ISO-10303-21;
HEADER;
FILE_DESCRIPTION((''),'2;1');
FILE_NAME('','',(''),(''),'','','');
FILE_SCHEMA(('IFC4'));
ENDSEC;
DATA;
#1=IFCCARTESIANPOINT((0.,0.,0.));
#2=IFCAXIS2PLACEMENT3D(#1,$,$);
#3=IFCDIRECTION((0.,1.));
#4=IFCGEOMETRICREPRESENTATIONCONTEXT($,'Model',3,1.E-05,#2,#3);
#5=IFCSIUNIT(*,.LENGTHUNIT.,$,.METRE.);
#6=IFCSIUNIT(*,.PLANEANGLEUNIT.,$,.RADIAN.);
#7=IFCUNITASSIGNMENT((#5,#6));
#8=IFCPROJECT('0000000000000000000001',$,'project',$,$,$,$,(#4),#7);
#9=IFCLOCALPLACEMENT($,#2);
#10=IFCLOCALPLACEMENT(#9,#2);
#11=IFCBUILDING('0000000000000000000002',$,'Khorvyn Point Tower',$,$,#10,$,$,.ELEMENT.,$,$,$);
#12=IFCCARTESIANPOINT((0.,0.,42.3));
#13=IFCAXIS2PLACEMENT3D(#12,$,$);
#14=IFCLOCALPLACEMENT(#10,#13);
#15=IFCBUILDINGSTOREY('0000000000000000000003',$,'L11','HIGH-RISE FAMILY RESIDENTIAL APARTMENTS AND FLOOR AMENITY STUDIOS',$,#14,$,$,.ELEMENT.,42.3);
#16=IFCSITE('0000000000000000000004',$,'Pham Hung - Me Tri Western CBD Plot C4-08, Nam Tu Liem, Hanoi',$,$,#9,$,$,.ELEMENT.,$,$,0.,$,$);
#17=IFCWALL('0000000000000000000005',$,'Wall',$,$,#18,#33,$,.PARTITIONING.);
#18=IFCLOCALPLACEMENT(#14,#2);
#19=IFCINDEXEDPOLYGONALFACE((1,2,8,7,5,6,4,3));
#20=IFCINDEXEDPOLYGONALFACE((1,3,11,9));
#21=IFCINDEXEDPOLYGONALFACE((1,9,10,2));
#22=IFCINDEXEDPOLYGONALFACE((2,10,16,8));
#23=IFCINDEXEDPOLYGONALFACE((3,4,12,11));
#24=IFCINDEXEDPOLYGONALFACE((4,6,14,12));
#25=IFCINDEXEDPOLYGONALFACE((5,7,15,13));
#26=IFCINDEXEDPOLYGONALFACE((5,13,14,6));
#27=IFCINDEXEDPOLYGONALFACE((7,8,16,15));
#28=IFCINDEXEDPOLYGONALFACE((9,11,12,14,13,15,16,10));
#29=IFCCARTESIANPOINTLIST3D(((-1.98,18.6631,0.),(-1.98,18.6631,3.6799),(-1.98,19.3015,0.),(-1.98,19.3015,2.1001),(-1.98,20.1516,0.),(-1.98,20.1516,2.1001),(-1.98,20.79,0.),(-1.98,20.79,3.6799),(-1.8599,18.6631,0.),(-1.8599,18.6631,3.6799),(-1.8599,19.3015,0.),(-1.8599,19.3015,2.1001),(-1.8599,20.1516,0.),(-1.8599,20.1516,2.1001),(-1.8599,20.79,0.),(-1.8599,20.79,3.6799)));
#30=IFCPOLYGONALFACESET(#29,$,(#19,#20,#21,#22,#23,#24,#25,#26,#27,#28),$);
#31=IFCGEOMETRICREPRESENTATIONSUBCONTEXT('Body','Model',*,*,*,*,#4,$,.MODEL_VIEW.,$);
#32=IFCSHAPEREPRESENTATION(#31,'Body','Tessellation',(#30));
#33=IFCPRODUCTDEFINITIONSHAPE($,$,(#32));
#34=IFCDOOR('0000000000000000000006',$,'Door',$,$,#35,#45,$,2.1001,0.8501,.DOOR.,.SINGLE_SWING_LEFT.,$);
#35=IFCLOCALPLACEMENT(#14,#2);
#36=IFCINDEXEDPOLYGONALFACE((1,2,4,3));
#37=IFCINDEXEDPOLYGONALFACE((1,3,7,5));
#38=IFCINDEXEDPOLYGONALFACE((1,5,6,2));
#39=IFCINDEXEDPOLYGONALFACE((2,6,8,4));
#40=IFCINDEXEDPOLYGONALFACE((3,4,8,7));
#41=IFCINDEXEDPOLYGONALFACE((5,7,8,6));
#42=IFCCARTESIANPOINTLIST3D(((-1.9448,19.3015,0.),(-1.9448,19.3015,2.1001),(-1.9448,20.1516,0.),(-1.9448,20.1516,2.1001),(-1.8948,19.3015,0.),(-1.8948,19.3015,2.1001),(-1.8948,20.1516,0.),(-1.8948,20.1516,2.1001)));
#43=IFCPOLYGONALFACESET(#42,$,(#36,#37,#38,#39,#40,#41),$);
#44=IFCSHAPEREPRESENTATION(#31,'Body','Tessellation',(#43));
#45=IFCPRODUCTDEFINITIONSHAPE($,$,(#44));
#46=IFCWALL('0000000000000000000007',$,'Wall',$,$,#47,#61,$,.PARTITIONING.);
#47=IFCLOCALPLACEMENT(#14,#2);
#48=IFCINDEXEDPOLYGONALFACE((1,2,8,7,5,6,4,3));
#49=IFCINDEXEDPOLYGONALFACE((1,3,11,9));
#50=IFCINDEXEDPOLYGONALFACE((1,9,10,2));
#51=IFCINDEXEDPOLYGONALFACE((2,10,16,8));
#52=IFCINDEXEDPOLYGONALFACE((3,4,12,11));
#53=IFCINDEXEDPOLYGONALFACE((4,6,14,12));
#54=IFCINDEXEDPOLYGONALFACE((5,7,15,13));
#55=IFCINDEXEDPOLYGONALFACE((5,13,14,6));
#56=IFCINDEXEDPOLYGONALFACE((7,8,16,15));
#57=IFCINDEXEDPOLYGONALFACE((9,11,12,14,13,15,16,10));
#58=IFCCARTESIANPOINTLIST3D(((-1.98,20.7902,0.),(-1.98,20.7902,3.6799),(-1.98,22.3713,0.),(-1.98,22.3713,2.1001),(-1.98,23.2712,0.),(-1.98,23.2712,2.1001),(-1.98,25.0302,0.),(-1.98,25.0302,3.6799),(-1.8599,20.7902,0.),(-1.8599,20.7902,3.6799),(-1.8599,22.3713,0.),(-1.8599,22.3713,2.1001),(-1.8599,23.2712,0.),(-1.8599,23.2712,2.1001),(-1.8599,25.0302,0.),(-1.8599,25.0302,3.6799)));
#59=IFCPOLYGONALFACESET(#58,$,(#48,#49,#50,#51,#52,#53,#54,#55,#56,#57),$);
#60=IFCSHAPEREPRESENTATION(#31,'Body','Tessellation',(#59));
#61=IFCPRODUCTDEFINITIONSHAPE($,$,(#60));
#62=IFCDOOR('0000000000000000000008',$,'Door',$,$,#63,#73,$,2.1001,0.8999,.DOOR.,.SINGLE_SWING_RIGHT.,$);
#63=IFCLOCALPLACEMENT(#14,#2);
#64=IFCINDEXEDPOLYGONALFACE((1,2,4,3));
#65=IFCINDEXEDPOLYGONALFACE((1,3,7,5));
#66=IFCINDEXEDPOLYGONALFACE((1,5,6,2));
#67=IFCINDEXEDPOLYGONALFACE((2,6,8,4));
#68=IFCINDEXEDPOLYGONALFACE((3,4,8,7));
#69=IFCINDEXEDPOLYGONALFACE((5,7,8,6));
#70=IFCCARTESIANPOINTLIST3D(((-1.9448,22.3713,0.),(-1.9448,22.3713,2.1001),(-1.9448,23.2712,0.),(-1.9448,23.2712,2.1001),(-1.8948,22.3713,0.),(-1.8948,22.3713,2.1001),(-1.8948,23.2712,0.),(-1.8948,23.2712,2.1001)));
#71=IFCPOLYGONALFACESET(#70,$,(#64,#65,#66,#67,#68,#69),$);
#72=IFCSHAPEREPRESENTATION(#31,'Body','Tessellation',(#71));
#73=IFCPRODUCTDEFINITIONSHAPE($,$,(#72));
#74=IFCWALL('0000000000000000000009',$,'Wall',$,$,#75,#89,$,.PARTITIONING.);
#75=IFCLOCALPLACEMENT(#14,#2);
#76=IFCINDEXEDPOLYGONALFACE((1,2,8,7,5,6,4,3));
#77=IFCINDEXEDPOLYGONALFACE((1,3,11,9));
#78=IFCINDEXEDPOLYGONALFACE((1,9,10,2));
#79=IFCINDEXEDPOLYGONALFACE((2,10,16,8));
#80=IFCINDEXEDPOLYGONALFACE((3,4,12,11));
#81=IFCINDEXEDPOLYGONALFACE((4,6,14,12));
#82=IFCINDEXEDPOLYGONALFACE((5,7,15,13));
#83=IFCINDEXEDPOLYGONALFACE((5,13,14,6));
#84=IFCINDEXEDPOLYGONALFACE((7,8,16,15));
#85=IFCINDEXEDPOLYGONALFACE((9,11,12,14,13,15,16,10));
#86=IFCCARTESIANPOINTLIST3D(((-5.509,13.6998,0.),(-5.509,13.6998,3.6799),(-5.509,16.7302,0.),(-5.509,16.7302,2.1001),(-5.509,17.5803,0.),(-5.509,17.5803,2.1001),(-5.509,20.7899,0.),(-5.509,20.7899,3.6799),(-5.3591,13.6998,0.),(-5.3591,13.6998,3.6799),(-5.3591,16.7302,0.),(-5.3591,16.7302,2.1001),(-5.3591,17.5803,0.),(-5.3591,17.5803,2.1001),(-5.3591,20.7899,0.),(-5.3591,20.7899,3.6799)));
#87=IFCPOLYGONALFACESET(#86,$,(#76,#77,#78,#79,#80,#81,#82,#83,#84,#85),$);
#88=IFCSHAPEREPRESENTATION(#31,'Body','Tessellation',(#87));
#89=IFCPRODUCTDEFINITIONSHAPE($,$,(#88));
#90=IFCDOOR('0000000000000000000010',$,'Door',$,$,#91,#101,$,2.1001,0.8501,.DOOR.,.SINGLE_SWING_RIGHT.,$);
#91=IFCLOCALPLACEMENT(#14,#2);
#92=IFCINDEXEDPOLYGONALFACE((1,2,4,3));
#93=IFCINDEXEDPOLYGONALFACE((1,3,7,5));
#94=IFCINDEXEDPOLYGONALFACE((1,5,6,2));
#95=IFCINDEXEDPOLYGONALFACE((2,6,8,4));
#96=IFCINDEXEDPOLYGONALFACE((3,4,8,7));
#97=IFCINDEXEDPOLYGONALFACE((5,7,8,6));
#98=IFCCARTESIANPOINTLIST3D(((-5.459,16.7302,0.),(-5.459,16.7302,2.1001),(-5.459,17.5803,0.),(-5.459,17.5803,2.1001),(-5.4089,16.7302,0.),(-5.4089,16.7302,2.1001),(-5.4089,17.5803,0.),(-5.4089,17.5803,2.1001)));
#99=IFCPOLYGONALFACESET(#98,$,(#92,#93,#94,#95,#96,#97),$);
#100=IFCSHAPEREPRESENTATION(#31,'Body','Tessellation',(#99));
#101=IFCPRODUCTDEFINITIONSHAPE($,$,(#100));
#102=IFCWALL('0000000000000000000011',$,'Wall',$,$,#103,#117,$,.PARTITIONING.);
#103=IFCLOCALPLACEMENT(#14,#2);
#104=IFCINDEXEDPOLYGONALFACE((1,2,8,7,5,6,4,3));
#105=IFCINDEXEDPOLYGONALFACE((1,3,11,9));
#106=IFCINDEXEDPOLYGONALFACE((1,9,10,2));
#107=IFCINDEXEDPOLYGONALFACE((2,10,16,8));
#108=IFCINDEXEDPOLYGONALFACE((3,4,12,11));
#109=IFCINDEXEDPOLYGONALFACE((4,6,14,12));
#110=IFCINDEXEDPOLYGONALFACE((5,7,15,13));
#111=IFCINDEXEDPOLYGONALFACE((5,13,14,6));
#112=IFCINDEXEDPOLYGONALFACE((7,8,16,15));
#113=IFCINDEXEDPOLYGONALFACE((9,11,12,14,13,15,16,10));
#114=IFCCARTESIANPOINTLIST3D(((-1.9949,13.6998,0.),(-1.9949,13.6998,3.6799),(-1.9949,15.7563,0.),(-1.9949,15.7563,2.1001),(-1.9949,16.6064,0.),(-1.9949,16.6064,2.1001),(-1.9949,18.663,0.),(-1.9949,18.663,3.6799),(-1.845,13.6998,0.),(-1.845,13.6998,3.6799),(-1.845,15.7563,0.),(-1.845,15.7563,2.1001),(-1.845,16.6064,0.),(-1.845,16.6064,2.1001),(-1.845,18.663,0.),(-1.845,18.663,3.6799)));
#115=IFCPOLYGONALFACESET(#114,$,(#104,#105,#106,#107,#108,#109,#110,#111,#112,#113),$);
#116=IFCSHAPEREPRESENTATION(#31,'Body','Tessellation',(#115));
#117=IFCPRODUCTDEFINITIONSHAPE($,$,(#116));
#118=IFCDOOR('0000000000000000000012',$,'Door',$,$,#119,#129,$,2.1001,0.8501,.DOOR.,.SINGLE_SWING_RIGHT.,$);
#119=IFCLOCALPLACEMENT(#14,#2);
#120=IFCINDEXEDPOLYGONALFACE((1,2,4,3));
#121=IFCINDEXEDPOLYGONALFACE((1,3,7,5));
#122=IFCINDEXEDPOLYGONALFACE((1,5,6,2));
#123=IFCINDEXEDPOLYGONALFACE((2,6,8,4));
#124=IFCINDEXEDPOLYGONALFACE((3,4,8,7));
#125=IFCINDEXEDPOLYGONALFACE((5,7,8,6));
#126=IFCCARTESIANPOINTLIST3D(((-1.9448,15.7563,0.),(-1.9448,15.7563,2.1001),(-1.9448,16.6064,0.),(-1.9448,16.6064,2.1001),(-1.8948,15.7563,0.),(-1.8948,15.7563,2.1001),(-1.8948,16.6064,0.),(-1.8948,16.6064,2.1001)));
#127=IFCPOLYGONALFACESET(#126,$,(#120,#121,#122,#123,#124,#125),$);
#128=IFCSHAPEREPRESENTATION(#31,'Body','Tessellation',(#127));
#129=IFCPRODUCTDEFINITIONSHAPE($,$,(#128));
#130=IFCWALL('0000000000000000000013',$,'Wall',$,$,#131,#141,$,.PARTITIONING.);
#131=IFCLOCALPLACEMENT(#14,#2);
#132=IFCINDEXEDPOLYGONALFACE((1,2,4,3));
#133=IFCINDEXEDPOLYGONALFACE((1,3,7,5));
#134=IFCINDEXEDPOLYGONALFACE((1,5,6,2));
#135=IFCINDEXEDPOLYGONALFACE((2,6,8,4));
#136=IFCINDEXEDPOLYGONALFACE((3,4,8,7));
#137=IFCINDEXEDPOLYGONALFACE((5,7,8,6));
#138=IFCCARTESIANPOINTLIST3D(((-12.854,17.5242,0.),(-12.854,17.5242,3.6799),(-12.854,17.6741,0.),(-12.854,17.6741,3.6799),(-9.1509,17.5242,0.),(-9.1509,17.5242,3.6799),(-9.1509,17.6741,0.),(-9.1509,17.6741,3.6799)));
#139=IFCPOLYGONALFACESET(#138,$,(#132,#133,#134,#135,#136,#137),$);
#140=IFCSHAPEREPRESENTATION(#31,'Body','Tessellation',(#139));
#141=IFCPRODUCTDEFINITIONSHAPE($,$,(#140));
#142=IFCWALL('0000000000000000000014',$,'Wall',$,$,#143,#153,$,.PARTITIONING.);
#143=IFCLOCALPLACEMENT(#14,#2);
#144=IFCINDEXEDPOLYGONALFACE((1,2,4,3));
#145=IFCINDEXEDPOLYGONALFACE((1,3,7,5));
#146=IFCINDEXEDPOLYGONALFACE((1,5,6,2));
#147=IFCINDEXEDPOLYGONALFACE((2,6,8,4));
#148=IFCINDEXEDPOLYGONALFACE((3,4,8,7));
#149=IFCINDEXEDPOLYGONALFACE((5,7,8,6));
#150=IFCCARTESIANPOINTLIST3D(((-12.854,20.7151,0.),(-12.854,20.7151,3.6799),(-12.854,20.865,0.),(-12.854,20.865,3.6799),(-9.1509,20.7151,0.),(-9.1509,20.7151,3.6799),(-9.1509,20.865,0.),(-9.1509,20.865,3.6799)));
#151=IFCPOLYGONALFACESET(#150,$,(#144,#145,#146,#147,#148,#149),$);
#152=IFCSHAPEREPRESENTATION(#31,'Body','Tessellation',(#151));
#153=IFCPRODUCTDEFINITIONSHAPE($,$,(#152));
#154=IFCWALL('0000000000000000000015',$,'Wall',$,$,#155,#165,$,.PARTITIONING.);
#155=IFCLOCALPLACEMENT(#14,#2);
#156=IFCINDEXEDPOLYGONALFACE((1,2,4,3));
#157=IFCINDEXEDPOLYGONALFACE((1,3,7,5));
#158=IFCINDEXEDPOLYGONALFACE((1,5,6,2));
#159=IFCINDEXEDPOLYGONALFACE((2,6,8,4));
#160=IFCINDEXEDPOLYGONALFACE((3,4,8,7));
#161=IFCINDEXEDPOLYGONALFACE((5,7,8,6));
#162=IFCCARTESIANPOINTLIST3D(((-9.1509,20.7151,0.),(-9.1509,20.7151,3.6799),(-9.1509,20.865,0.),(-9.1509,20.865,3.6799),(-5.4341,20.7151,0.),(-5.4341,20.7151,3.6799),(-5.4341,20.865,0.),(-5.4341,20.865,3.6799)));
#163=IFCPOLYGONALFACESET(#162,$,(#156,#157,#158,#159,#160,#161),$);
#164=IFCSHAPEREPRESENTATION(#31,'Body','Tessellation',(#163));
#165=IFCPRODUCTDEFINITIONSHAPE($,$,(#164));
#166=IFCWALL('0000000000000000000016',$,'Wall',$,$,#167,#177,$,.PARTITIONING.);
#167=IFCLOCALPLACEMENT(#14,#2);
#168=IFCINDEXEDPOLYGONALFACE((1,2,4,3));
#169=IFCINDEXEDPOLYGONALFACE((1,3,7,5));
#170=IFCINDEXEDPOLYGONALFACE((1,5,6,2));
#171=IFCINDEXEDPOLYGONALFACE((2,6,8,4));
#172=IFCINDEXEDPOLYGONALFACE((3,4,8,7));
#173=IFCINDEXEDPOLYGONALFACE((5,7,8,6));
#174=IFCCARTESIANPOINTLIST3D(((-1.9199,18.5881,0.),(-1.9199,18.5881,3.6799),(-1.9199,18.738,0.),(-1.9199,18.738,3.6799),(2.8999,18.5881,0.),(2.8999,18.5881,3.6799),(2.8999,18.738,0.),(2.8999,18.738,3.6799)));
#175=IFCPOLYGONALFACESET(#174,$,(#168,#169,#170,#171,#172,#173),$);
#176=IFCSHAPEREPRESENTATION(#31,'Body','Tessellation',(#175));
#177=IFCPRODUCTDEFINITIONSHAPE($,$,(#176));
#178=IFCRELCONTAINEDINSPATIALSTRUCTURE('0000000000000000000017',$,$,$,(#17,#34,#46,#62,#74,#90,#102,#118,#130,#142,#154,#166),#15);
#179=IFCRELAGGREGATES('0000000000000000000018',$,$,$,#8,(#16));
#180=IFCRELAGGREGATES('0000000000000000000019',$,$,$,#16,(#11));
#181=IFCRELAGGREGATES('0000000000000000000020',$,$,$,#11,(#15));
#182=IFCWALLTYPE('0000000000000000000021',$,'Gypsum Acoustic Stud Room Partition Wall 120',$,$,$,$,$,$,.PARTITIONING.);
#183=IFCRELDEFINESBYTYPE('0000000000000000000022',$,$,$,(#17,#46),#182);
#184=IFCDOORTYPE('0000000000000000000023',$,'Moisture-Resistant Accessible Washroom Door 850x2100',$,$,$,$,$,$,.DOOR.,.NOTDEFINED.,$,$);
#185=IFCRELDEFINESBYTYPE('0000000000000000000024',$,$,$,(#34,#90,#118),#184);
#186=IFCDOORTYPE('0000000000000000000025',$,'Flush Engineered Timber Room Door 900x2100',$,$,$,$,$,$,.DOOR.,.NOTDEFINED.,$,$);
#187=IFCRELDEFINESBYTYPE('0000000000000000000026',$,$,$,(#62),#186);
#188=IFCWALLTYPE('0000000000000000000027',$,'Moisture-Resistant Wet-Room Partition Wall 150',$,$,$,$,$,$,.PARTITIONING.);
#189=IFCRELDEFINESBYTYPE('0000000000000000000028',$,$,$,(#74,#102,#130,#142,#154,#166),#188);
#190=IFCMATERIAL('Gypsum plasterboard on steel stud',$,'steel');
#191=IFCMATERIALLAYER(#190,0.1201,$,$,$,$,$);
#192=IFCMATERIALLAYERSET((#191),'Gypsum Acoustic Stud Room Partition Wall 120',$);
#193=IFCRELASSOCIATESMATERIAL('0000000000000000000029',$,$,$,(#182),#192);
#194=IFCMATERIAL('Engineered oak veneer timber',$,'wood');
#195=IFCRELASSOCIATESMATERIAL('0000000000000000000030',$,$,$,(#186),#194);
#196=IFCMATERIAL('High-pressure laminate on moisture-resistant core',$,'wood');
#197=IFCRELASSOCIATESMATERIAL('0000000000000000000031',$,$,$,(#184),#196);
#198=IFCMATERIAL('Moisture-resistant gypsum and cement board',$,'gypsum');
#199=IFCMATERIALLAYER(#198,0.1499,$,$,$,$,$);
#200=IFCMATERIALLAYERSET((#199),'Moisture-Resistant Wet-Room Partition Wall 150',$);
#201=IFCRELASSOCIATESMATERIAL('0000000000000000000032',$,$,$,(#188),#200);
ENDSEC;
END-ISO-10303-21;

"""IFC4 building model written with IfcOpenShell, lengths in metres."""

from ifc_helpers import new_model, si_unit, direction, frame, frame_2d, origin, place, context, subcontext, project, spatial, rectangle, extrude, material, layer, layer_set, type_object, element, fill, save


model = new_model("IFC4")

# Units and contexts
model_context = context("Model", 3, precision=1e-05, world=origin(), true_north=direction((0.0, 1.0)))
body_context = subcontext(model_context, "Body", "Model", "MODEL_VIEW")
ifc_project = project(units=[si_unit("LENGTHUNIT", "METRE"), si_unit("PLANEANGLEUNIT", "RADIAN")], contexts=[model_context])

# Site, building, storey
site_placement = place(None, origin())
site = spatial("IfcSite", under=ifc_project, at=site_placement, Name="Pham Hung - Me Tri Western CBD Plot C4-08, Nam Tu Liem, Hanoi", CompositionType="ELEMENT", RefElevation=0.0)
building_placement = place(site_placement, origin())
building = spatial("IfcBuilding", under=site, at=building_placement, Name="Khorvyn Point Tower", CompositionType="ELEMENT")
storey_placement = place(building_placement, frame((0.0, 0.0, 42.3)))
storey = spatial("IfcBuildingStorey", under=building, at=storey_placement, Name="L11", Description="HIGH-RISE FAMILY RESIDENTIAL APARTMENTS AND FLOOR AMENITY STUDIOS", CompositionType="ELEMENT", Elevation=42.3)

# Walls, openings, doors
ifc_material_1 = material(Name="Gypsum plasterboard on steel stud", Category="steel")
ifc_layer_1 = layer(ifc_material_1, 0.1201)
ifc_layer_set_1 = layer_set([ifc_layer_1], Name="Gypsum Acoustic Stud Room Partition Wall 120")
wall_type_1 = type_object("IfcWallType", Name="Gypsum Acoustic Stud Room Partition Wall 120", PredefinedType="PARTITIONING", material=ifc_layer_set_1)
ifc_material_2 = material(Name="Engineered oak veneer timber", Category="wood")
door_type_1 = type_object("IfcDoorType", Name="Flush Engineered Timber Room Door 900x2100", OperationType="NOTDEFINED", PredefinedType="DOOR", material=ifc_material_2)
wall_1_placement = place(storey_placement, frame((-1.9199, 18.6631, 0.0), z_axis=(0.0, 0.0, 1.0), x_axis=(0.0, 1.0, 0.0)))
wall_1 = element("IfcWall", 1, at=wall_1_placement, inside=storey, type_object=wall_type_1, Name="Wall", PredefinedType="PARTITIONING", context=body_context, shape_type="SweptSolid", body=[
    extrude(rectangle(XDim=2.127, YDim=0.1201, at=frame_2d((1.0635, 0.0))), origin(), (0.0, 0.0, 1.0), 3.6799),
])
opening_1_placement = place(wall_1_placement, frame((0.6384, 0.0, 0.0)))
opening_1 = element("IfcOpeningElement", 2, at=opening_1_placement, cuts=wall_1, PredefinedType="OPENING", context=body_context, shape_type="SweptSolid", body=[
    extrude(rectangle(XDim=0.8501, YDim=2.1001, at=frame_2d((0.425, 1.05))), frame((0.0, 0.0701, 0.0), z_axis=(0.0, -1.0, 0.0), x_axis=(1.0, 0.0, 0.0)), (0.0, 0.0, 1.0), 0.1401),
])
ifc_material_3 = material(Name="High-pressure laminate on moisture-resistant core", Category="wood")
door_type_2 = type_object("IfcDoorType", Name="Moisture-Resistant Accessible Washroom Door 850x2100", OperationType="NOTDEFINED", PredefinedType="DOOR", material=ifc_material_3)
door_1_placement = place(opening_1_placement, origin())
door_1 = element("IfcDoor", 3, at=door_1_placement, inside=storey, type_object=door_type_2, Name="Door", OperationType="SINGLE_SWING_LEFT", OverallHeight=2.1001, OverallWidth=0.8501, PredefinedType="DOOR", context=body_context, shape_type="SweptSolid", body=[
    extrude(rectangle(XDim=0.8501, YDim=2.1001, at=frame_2d((0.425, 1.05))), frame((0.0, 0.0249, 0.0), z_axis=(0.0, -1.0, 0.0), x_axis=(1.0, 0.0, 0.0)), (0.0, 0.0, 1.0), 0.05),
])
fill(opening_1, door_1)
wall_2_placement = place(storey_placement, frame((-1.9199, 20.79, 0.0), z_axis=(0.0, 0.0, 1.0), x_axis=(0.0, 1.0, 0.0)))
wall_2 = element("IfcWall", 4, at=wall_2_placement, inside=storey, type_object=wall_type_1, Name="Wall", PredefinedType="PARTITIONING", context=body_context, shape_type="SweptSolid", body=[
    extrude(rectangle(XDim=4.24, YDim=0.1201, at=frame_2d((2.1201, 0.0))), origin(), (0.0, 0.0, 1.0), 3.6799),
])
opening_2_placement = place(wall_2_placement, frame((1.5813, 0.0, 0.0)))
opening_2 = element("IfcOpeningElement", 5, at=opening_2_placement, cuts=wall_2, PredefinedType="OPENING", context=body_context, shape_type="SweptSolid", body=[
    extrude(rectangle(XDim=0.8999, YDim=2.1001, at=frame_2d((0.45, 1.05))), frame((0.0, 0.0701, 0.0), z_axis=(0.0, -1.0, 0.0), x_axis=(1.0, 0.0, 0.0)), (0.0, 0.0, 1.0), 0.1401),
])
door_2_placement = place(opening_2_placement, origin())
door_2 = element("IfcDoor", 6, at=door_2_placement, inside=storey, type_object=door_type_1, Name="Door", OperationType="SINGLE_SWING_RIGHT", OverallHeight=2.1001, OverallWidth=0.8999, PredefinedType="DOOR", context=body_context, shape_type="SweptSolid", body=[
    extrude(rectangle(XDim=0.8999, YDim=2.1001, at=frame_2d((0.45, 1.05))), frame((0.0, 0.0249, 0.0), z_axis=(0.0, -1.0, 0.0), x_axis=(1.0, 0.0, 0.0)), (0.0, 0.0, 1.0), 0.05),
])
fill(opening_2, door_2)
ifc_material_4 = material(Name="Moisture-resistant gypsum and cement board", Category="gypsum")
ifc_layer_2 = layer(ifc_material_4, 0.1499)
ifc_layer_set_2 = layer_set([ifc_layer_2], Name="Moisture-Resistant Wet-Room Partition Wall 150")
wall_type_2 = type_object("IfcWallType", Name="Moisture-Resistant Wet-Room Partition Wall 150", PredefinedType="PARTITIONING", material=ifc_layer_set_2)
wall_3_placement = place(storey_placement, frame((-5.4341, 13.7, 0.0), z_axis=(0.0, 0.0, 1.0), x_axis=(0.0, 1.0, 0.0)))
wall_3 = element("IfcWall", 7, at=wall_3_placement, inside=storey, type_object=wall_type_2, Name="Wall", PredefinedType="PARTITIONING", context=body_context, shape_type="SweptSolid", body=[
    extrude(rectangle(XDim=7.0901, YDim=0.1499, at=frame_2d((3.5449, 0.0))), origin(), (0.0, 0.0, 1.0), 3.6799),
])
opening_3_placement = place(wall_3_placement, frame((3.0303, 0.0, 0.0)))
opening_3 = element("IfcOpeningElement", 8, at=opening_3_placement, cuts=wall_3, PredefinedType="OPENING", context=body_context, shape_type="SweptSolid", body=[
    extrude(rectangle(XDim=0.8501, YDim=2.1001, at=frame_2d((0.425, 1.05))), frame((0.0, 0.085, 0.0), z_axis=(0.0, -1.0, 0.0), x_axis=(1.0, 0.0, 0.0)), (0.0, 0.0, 1.0), 0.1699),
])
door_3_placement = place(opening_3_placement, origin())
door_3 = element("IfcDoor", 9, at=door_3_placement, inside=storey, type_object=door_type_2, Name="Door", OperationType="SINGLE_SWING_RIGHT", OverallHeight=2.1001, OverallWidth=0.8501, PredefinedType="DOOR", context=body_context, shape_type="SweptSolid", body=[
    extrude(rectangle(XDim=0.8501, YDim=2.1001, at=frame_2d((0.425, 1.05))), frame((0.0, 0.0249, 0.0), z_axis=(0.0, -1.0, 0.0), x_axis=(1.0, 0.0, 0.0)), (0.0, 0.0, 1.0), 0.05),
])
fill(opening_3, door_3)
wall_4_placement = place(storey_placement, frame((-1.9199, 13.7, 0.0), z_axis=(0.0, 0.0, 1.0), x_axis=(0.0, 1.0, 0.0)))
wall_4 = element("IfcWall", 10, at=wall_4_placement, inside=storey, type_object=wall_type_2, Name="Wall", PredefinedType="PARTITIONING", context=body_context, shape_type="SweptSolid", body=[
    extrude(rectangle(XDim=4.9631, YDim=0.1499, at=frame_2d((2.4814, 0.0))), origin(), (0.0, 0.0, 1.0), 3.6799),
])
opening_4_placement = place(wall_4_placement, frame((2.0564, 0.0, 0.0)))
opening_4 = element("IfcOpeningElement", 11, at=opening_4_placement, cuts=wall_4, PredefinedType="OPENING", context=body_context, shape_type="SweptSolid", body=[
    extrude(rectangle(XDim=0.8501, YDim=2.1001, at=frame_2d((0.425, 1.05))), frame((0.0, 0.085, 0.0), z_axis=(0.0, -1.0, 0.0), x_axis=(1.0, 0.0, 0.0)), (0.0, 0.0, 1.0), 0.1699),
])
door_4_placement = place(opening_4_placement, origin())
door_4 = element("IfcDoor", 12, at=door_4_placement, inside=storey, type_object=door_type_2, Name="Door", OperationType="SINGLE_SWING_RIGHT", OverallHeight=2.1001, OverallWidth=0.8501, PredefinedType="DOOR", context=body_context, shape_type="SweptSolid", body=[
    extrude(rectangle(XDim=0.8501, YDim=2.1001, at=frame_2d((0.425, 1.05))), frame((0.0, 0.0249, 0.0), z_axis=(0.0, -1.0, 0.0), x_axis=(1.0, 0.0, 0.0)), (0.0, 0.0, 1.0), 0.05),
])
fill(opening_4, door_4)

# Walls
for number, where, z_axis, x_axis, name in (
    (13, (-12.854, 17.5991, 0.0), (0.0, 0.0, 1.0), (1.0, 0.0, 0.0), "Wall"),
    (14, (-12.854, 20.79, 0.0), (0.0, 0.0, 1.0), (1.0, 0.0, 0.0), "Wall"),
):
    element("IfcWall", number, at=place(storey_placement, frame(where, z_axis=z_axis, x_axis=x_axis)), inside=storey, type_object=wall_type_2, Name=name, PredefinedType="PARTITIONING", context=body_context, shape_type="SweptSolid", body=[
        extrude(rectangle(XDim=3.7031, YDim=0.1499, at=frame_2d((1.8516, 0.0))), origin(), (0.0, 0.0, 1.0), 3.6799),
    ])
wall_5_placement = place(storey_placement, frame((-9.1509, 20.79, 0.0), z_axis=(0.0, 0.0, 1.0), x_axis=(1.0, 0.0, 0.0)))
element("IfcWall", 15, at=wall_5_placement, inside=storey, type_object=wall_type_2, Name="Wall", PredefinedType="PARTITIONING", context=body_context, shape_type="SweptSolid", body=[
    extrude(rectangle(XDim=3.7168, YDim=0.1499, at=frame_2d((1.8584, 0.0))), origin(), (0.0, 0.0, 1.0), 3.6799),
])
for number, where, z_axis, x_axis, name in (
    (16, (-1.9199, 18.6631, 0.0), (0.0, 0.0, 1.0), (1.0, 0.0, 0.0), "Wall"),
):
    element("IfcWall", number, at=place(storey_placement, frame(where, z_axis=z_axis, x_axis=x_axis)), inside=storey, type_object=wall_type_2, Name=name, PredefinedType="PARTITIONING", context=body_context, shape_type="SweptSolid", body=[
        extrude(rectangle(XDim=4.8198, YDim=0.1499, at=frame_2d((2.4099, 0.0))), origin(), (0.0, 0.0, 1.0), 3.6799),
    ])

save(model, "model.ifc")
